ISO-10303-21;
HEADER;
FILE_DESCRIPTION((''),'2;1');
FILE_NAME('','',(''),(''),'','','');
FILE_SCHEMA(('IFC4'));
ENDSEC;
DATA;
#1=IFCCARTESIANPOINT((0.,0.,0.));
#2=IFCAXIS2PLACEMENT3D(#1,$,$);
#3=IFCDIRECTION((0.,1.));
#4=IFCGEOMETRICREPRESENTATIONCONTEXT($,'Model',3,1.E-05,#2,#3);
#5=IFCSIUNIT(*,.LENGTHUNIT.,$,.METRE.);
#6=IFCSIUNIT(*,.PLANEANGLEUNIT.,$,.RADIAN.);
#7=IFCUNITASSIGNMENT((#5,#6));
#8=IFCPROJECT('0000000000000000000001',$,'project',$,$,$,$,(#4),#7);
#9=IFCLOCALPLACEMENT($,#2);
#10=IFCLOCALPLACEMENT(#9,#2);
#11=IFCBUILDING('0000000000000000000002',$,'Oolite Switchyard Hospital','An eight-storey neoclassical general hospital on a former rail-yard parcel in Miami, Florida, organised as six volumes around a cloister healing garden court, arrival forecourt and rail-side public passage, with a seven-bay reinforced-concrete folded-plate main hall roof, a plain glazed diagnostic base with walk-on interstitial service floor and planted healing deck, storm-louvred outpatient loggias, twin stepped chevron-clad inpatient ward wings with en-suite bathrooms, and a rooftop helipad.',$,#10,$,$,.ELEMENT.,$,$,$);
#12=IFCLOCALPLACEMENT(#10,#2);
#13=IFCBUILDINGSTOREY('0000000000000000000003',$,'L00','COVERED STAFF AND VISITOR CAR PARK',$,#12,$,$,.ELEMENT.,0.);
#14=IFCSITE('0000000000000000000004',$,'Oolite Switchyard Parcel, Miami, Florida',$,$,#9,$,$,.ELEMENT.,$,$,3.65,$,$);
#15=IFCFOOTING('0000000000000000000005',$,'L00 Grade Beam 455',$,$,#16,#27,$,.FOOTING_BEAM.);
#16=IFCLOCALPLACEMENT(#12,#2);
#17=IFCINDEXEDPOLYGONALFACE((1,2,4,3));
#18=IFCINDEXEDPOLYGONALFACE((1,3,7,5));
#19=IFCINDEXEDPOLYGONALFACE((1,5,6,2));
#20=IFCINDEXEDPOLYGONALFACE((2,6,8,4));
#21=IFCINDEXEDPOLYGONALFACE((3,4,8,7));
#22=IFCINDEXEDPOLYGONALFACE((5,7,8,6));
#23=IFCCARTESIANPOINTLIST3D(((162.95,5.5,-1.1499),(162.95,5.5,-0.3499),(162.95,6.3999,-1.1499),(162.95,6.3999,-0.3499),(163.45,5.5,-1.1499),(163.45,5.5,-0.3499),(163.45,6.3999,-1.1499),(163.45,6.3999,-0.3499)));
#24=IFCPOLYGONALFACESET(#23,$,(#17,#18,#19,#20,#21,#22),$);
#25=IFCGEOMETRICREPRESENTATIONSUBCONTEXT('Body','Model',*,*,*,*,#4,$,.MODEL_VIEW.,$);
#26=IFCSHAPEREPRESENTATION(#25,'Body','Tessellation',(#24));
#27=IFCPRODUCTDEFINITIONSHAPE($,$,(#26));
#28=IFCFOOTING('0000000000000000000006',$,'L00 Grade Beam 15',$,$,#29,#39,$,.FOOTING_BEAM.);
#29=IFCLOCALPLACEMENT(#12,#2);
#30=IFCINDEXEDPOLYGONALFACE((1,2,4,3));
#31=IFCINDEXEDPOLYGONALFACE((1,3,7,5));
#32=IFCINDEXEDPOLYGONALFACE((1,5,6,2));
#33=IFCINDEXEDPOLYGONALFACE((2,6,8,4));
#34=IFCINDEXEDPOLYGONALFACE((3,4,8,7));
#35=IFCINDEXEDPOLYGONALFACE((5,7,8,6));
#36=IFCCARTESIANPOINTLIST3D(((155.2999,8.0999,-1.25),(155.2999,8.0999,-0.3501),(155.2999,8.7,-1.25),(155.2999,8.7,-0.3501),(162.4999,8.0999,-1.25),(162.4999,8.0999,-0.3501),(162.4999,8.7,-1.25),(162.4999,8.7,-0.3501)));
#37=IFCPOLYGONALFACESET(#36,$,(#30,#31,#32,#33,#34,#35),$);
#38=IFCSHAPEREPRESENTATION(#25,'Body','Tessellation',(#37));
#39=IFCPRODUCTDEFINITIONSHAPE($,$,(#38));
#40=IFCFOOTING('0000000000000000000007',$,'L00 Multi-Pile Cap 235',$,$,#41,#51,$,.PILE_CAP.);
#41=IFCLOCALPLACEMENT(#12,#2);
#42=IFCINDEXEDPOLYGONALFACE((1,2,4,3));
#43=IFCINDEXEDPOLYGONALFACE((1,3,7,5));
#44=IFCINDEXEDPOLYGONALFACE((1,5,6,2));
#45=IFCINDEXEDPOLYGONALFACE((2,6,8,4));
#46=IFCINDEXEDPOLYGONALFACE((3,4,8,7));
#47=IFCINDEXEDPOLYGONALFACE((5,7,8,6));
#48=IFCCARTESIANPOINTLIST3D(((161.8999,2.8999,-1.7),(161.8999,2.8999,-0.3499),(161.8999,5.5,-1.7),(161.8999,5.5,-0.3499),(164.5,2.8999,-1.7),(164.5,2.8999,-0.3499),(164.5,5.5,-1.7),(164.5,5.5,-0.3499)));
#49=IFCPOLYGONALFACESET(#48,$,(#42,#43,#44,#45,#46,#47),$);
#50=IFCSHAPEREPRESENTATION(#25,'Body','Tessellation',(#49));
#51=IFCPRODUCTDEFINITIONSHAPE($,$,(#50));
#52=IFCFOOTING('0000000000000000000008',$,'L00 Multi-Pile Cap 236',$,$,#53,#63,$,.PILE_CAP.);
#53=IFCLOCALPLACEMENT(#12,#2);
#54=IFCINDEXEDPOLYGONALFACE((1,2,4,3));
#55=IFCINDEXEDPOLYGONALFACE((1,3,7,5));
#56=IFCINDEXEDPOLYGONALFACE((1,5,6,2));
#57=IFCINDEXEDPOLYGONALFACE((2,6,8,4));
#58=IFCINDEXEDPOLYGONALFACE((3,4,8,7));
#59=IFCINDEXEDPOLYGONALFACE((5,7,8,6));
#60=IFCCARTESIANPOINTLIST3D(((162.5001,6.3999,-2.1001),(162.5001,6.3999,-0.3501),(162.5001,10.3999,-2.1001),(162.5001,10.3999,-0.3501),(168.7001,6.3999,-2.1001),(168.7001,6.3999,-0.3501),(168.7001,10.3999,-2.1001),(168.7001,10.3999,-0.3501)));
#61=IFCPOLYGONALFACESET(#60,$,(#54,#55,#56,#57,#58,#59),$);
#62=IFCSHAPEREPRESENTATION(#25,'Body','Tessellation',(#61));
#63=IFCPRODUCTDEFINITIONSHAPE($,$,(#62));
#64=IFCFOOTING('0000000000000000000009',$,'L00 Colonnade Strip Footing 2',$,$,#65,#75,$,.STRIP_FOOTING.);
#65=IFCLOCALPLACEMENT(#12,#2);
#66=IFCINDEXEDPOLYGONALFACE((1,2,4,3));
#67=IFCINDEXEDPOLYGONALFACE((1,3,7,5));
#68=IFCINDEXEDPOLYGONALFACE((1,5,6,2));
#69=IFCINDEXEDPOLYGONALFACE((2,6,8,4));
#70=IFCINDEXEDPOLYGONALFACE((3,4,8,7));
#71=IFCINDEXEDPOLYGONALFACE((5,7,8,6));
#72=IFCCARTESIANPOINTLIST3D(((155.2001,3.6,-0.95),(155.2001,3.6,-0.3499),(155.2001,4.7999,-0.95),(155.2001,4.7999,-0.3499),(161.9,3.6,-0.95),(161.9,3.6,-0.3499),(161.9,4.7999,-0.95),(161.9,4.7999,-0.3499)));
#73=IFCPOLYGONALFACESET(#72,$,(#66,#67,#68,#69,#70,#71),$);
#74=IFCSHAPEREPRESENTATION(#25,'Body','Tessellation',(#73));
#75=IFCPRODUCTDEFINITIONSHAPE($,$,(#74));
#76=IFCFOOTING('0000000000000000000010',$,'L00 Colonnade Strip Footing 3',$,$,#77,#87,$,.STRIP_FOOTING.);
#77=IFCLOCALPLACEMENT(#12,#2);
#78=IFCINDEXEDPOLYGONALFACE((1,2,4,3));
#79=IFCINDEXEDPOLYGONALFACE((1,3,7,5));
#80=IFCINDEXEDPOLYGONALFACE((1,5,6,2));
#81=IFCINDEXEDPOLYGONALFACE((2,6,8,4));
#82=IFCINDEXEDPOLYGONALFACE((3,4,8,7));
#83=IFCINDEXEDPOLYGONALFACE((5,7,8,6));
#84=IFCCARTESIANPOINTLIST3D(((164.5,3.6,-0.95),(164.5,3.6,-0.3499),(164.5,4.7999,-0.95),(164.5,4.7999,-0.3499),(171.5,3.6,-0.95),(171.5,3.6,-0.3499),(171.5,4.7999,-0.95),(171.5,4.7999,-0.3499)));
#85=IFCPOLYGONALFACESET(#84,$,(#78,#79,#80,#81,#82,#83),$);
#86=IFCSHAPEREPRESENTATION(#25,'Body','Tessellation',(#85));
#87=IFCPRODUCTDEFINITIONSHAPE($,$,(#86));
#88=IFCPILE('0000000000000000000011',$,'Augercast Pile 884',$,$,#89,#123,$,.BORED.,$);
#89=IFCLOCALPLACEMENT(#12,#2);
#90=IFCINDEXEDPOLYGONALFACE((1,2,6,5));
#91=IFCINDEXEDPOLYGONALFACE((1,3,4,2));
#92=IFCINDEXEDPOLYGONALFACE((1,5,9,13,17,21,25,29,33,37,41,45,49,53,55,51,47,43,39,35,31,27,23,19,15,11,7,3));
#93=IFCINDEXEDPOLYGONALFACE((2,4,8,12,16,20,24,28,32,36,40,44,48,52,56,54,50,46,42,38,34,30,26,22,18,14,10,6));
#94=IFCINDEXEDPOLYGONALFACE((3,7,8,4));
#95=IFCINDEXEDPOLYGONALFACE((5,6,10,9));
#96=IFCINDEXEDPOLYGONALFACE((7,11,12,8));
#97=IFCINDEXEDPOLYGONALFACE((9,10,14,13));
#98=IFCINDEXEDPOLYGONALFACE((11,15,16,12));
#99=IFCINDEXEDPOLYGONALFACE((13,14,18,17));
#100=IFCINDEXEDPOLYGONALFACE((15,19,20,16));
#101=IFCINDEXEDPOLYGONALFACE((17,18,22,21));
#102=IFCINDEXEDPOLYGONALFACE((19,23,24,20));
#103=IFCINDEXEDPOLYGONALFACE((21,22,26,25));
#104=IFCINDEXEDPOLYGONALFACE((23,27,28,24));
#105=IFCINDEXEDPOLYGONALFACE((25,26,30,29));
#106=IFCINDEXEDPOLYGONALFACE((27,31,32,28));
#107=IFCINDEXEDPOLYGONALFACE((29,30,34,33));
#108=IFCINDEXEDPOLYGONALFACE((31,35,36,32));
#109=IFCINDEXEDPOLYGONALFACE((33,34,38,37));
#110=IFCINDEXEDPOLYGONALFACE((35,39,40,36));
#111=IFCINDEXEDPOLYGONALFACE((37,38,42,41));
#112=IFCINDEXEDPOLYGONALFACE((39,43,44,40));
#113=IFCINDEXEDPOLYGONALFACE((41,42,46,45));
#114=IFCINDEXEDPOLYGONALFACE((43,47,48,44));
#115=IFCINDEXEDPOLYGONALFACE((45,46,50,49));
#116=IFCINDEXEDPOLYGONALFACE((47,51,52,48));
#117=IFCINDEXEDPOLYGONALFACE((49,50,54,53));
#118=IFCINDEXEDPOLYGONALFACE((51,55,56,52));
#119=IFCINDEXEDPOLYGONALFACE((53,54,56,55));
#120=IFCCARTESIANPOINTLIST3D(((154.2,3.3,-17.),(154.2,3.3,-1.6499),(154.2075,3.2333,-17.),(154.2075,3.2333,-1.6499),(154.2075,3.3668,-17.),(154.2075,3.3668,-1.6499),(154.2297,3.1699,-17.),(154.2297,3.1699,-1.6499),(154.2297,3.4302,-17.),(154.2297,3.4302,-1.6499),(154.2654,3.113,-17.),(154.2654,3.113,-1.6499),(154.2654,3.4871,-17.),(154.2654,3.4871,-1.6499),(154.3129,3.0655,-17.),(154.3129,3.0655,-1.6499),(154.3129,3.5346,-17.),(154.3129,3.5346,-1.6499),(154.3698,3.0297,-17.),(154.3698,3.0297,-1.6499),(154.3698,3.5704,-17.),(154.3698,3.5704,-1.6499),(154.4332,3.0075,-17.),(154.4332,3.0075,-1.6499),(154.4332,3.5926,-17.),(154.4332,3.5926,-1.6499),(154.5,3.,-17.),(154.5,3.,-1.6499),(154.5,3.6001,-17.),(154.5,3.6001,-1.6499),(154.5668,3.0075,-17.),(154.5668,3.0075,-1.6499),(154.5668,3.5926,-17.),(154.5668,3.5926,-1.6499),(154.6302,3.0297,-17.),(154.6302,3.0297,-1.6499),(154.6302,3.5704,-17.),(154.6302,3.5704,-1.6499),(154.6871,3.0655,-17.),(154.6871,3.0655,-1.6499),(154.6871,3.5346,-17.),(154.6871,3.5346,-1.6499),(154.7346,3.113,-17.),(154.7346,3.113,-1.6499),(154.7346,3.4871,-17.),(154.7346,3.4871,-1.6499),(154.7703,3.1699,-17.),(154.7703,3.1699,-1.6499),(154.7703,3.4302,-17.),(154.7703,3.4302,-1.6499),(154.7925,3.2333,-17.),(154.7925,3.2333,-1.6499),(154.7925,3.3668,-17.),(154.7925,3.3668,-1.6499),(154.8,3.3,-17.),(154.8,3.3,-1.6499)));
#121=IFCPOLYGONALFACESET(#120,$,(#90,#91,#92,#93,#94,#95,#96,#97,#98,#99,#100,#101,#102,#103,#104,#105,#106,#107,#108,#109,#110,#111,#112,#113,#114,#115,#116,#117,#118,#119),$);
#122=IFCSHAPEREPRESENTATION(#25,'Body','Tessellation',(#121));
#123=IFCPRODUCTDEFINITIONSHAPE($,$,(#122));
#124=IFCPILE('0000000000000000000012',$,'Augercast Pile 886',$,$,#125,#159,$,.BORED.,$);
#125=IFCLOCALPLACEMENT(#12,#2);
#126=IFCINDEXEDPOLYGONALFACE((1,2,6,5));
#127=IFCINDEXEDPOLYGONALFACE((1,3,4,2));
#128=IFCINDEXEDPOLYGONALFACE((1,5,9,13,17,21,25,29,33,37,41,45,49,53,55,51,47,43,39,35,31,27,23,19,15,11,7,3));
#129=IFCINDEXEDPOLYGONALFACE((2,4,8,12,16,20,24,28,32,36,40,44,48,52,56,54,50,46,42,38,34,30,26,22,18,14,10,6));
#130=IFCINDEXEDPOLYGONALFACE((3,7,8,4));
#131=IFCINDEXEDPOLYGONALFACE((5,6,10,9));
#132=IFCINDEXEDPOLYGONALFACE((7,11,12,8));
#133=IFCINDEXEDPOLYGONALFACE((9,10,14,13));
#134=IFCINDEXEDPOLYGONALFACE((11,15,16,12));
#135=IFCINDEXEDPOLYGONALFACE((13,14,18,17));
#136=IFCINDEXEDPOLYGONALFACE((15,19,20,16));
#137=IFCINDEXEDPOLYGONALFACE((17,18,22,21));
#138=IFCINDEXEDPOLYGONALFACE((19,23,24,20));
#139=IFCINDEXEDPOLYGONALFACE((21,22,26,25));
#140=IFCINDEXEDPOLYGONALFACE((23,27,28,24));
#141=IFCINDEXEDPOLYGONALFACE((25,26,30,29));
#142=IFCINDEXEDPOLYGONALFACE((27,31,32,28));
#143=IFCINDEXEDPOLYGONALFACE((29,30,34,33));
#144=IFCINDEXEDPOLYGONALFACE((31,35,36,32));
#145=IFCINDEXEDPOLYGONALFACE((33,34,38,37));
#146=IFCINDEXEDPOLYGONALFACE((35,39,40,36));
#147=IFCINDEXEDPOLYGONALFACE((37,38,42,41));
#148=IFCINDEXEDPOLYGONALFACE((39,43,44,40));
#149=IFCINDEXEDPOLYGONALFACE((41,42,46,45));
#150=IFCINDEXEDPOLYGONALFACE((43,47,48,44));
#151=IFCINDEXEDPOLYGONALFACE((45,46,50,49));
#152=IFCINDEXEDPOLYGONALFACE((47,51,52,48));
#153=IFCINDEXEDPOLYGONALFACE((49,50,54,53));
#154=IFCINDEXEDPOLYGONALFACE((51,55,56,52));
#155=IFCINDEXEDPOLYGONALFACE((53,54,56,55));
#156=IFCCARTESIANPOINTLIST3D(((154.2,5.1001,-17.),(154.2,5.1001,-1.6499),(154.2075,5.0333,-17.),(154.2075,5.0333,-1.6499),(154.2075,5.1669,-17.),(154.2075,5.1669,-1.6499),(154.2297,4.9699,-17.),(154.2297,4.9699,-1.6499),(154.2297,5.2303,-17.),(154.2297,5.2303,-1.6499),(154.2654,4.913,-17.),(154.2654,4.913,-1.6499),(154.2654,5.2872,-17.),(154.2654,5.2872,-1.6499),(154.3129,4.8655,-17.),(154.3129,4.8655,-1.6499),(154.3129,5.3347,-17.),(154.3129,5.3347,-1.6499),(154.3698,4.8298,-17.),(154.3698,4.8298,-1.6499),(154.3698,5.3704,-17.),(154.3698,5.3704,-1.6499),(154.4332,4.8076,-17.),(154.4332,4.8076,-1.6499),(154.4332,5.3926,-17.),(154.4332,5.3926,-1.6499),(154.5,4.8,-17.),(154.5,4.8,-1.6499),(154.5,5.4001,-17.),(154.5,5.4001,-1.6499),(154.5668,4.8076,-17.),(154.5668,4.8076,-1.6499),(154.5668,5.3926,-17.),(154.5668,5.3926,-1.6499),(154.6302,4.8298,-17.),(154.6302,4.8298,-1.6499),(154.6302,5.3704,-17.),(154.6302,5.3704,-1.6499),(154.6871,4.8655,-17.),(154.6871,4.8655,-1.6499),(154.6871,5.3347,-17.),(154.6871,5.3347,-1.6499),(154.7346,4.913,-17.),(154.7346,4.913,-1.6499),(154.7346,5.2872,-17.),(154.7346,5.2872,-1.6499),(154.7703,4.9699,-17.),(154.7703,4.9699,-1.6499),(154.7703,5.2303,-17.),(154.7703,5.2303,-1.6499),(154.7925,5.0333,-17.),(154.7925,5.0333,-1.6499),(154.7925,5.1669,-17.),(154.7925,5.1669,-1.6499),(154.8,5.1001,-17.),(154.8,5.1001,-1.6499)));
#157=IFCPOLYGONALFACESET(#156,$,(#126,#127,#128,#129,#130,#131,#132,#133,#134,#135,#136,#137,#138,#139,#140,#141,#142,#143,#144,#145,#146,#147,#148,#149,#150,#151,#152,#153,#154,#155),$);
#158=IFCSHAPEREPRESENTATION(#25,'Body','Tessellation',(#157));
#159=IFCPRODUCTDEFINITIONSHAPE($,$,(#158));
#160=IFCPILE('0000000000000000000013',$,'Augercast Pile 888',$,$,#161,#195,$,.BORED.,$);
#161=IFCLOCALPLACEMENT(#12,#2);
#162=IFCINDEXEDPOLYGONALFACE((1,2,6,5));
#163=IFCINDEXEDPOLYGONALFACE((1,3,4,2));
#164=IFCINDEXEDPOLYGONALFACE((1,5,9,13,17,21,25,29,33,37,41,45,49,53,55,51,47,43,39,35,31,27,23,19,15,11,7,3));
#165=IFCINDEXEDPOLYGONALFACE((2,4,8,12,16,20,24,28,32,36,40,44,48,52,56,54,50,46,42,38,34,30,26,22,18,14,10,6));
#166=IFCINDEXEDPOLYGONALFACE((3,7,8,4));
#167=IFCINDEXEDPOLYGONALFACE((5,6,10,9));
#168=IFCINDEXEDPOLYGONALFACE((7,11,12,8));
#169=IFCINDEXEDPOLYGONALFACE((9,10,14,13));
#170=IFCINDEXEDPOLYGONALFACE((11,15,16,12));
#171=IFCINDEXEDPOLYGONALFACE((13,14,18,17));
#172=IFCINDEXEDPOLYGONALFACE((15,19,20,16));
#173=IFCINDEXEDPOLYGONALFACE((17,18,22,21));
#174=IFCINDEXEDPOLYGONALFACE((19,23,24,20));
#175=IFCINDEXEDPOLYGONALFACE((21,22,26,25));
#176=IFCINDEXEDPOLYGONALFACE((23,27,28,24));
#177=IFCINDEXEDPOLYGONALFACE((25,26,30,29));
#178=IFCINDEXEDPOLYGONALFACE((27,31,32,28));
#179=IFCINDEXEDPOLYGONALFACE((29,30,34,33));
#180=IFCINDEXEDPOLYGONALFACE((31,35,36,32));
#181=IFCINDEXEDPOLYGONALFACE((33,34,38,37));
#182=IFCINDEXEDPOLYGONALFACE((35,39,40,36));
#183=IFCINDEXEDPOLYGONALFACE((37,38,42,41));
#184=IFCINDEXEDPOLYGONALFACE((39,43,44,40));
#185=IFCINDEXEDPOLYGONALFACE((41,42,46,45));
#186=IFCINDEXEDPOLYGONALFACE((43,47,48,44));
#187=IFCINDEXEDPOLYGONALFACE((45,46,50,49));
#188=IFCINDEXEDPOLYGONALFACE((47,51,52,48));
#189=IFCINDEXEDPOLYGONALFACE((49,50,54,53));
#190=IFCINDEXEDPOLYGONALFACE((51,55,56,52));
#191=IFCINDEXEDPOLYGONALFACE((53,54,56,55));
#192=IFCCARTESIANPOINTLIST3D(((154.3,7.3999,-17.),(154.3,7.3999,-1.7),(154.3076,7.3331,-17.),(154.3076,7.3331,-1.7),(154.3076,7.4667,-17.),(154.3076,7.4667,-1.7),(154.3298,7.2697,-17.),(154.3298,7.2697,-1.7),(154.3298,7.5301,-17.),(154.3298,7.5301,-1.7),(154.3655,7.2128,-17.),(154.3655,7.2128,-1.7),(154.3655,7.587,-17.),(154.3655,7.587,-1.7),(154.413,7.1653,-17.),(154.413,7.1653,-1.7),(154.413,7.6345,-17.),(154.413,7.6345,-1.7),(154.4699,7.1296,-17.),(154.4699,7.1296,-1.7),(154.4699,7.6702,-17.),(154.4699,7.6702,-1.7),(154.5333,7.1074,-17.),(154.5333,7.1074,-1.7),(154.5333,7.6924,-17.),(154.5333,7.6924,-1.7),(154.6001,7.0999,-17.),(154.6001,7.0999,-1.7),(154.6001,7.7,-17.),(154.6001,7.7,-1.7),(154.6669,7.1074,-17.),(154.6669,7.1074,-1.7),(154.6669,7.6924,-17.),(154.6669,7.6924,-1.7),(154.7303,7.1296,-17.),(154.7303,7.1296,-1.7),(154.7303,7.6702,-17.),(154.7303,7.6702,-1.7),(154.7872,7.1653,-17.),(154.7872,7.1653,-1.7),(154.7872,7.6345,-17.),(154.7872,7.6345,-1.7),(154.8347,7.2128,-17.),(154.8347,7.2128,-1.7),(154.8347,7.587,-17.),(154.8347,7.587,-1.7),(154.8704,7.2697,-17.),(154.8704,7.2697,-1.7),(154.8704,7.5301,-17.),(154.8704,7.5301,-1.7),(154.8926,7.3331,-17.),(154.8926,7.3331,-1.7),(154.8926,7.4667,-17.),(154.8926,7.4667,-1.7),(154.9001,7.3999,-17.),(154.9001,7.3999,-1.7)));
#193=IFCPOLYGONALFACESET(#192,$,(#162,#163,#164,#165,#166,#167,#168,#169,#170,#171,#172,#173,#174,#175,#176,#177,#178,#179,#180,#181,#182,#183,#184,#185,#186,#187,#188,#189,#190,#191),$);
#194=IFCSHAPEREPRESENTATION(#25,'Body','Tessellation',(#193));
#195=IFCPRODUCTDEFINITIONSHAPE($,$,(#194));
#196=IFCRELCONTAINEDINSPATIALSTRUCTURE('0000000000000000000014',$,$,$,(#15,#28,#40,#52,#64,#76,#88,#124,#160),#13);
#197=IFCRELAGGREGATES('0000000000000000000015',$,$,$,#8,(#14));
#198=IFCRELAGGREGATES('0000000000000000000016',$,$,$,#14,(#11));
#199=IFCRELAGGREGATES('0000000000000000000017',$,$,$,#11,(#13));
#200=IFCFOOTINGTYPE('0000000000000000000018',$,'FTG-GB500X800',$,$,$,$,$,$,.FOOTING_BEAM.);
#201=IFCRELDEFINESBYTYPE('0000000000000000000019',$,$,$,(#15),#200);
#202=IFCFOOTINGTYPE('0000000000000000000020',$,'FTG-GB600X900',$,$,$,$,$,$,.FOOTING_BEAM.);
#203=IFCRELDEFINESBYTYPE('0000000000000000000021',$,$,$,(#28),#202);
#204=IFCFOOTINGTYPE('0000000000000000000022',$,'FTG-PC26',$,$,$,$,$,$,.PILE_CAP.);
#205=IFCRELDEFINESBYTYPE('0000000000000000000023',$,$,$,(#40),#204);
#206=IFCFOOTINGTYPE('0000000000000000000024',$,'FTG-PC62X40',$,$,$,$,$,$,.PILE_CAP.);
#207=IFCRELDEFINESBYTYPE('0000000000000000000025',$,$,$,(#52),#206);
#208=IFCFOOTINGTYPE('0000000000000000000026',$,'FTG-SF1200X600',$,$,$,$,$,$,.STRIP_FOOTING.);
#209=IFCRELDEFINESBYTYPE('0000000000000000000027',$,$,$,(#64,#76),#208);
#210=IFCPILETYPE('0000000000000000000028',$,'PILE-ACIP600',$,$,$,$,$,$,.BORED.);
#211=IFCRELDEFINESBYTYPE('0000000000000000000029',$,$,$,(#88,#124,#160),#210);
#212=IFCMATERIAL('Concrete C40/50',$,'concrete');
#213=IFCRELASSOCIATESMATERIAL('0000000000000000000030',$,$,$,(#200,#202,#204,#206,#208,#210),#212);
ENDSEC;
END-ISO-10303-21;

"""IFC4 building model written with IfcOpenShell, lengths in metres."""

from ifc_helpers import new_model, si_unit, direction, frame, origin, origin_2d, place, context, subcontext, project, spatial, rectangle, circle, extrude, material, material_profile, profile_set, type_object, element, save


model = new_model("IFC4")

# Units and contexts
model_context = context("Model", 3, precision=1e-05, world=origin(), true_north=direction((0.0, 1.0)))
body_context = subcontext(model_context, "Body", "Model", "MODEL_VIEW")
ifc_project = project(units=[si_unit("LENGTHUNIT", "METRE"), si_unit("PLANEANGLEUNIT", "RADIAN")], contexts=[model_context])

# Site, building, storey
site_placement = place(None, origin())
site = spatial("IfcSite", under=ifc_project, at=site_placement, Name="Oolite Switchyard Parcel, Miami, Florida", CompositionType="ELEMENT", RefElevation=3.65)
building_placement = place(site_placement, origin())
building = spatial("IfcBuilding", under=site, at=building_placement, Name="Oolite Switchyard Hospital", Description="An eight-storey neoclassical general hospital on a former rail-yard parcel in Miami, Florida, organised as six volumes around a cloister healing garden court, arrival forecourt and rail-side public passage, with a seven-bay reinforced-concrete folded-plate main hall roof, a plain glazed diagnostic base with walk-on interstitial service floor and planted healing deck, storm-louvred outpatient loggias, twin stepped chevron-clad inpatient ward wings with en-suite bathrooms, and a rooftop helipad.", CompositionType="ELEMENT")
storey_placement = place(building_placement, origin())
storey = spatial("IfcBuildingStorey", under=building, at=storey_placement, Name="L00", Description="COVERED STAFF AND VISITOR CAR PARK", CompositionType="ELEMENT", Elevation=0.0)

# Footings
ifc_material_1 = material(Name="Concrete C40/50", Category="concrete")
footing_type_1 = type_object("IfcFootingType", Name="FTG-GB500X800", PredefinedType="FOOTING_BEAM", material=ifc_material_1)
footing_1_placement = place(storey_placement, frame((163.2, 5.95, -1.1499), z_axis=(0.0, 0.0, 1.0), x_axis=(0.0, 1.0, 0.0)))
element("IfcFooting", 1, at=footing_1_placement, inside=storey, type_object=footing_type_1, Name="L00 Grade Beam 455", PredefinedType="FOOTING_BEAM", context=body_context, shape_type="SweptSolid", body=[
    extrude(rectangle(XDim=0.8999, YDim=0.5, at=origin_2d()), origin(), (0.0, 0.0, 1.0), 0.8),
])
footing_type_2 = type_object("IfcFootingType", Name="FTG-GB600X900", PredefinedType="FOOTING_BEAM", material=ifc_material_1)
footing_2_placement = place(storey_placement, frame((158.8999, 8.3999, -1.25), z_axis=(0.0, 0.0, 1.0), x_axis=(1.0, 0.0, 0.0)))
element("IfcFooting", 2, at=footing_2_placement, inside=storey, type_object=footing_type_2, Name="L00 Grade Beam 15", PredefinedType="FOOTING_BEAM", context=body_context, shape_type="SweptSolid", body=[
    extrude(rectangle(XDim=7.2, YDim=0.6001, at=origin_2d()), origin(), (0.0, 0.0, 1.0), 0.8999),
])
footing_type_3 = type_object("IfcFootingType", Name="FTG-PC26", PredefinedType="PILE_CAP", material=ifc_material_1)
footing_3_placement = place(storey_placement, frame((163.2, 4.2, -1.7), z_axis=(0.0, 0.0, 1.0), x_axis=(1.0, 0.0, 0.0)))
element("IfcFooting", 3, at=footing_3_placement, inside=storey, type_object=footing_type_3, Name="L00 Multi-Pile Cap 235", PredefinedType="PILE_CAP", context=body_context, shape_type="SweptSolid", body=[
    extrude(rectangle(XDim=2.6001, YDim=2.6001, at=origin_2d()), origin(), (0.0, 0.0, 1.0), 1.3501),
])
footing_type_4 = type_object("IfcFootingType", Name="FTG-PC62X40", PredefinedType="PILE_CAP", material=ifc_material_1)
footing_4_placement = place(storey_placement, frame((165.6001, 8.3999, -2.1001), z_axis=(0.0, 0.0, 1.0), x_axis=(1.0, 0.0, 0.0)))
element("IfcFooting", 4, at=footing_4_placement, inside=storey, type_object=footing_type_4, Name="L00 Multi-Pile Cap 236", PredefinedType="PILE_CAP", context=body_context, shape_type="SweptSolid", body=[
    extrude(rectangle(XDim=6.2, YDim=4.0, at=origin_2d()), origin(), (0.0, 0.0, 1.0), 1.75),
])
footing_type_5 = type_object("IfcFootingType", Name="FTG-SF1200X600", PredefinedType="STRIP_FOOTING", material=ifc_material_1)
footing_5_placement = place(storey_placement, frame((158.55, 4.2, -0.95), z_axis=(0.0, 0.0, 1.0), x_axis=(1.0, 0.0, 0.0)))
element("IfcFooting", 5, at=footing_5_placement, inside=storey, type_object=footing_type_5, Name="L00 Colonnade Strip Footing 2", PredefinedType="STRIP_FOOTING", context=body_context, shape_type="SweptSolid", body=[
    extrude(rectangle(XDim=6.7, YDim=1.2, at=origin_2d()), origin(), (0.0, 0.0, 1.0), 0.6001),
])
footing_6_placement = place(storey_placement, frame((168.0, 4.2, -0.95), z_axis=(0.0, 0.0, 1.0), x_axis=(1.0, 0.0, 0.0)))
element("IfcFooting", 6, at=footing_6_placement, inside=storey, type_object=footing_type_5, Name="L00 Colonnade Strip Footing 3", PredefinedType="STRIP_FOOTING", context=body_context, shape_type="SweptSolid", body=[
    extrude(rectangle(XDim=7.0, YDim=1.2, at=origin_2d()), origin(), (0.0, 0.0, 1.0), 0.6001),
])

# Piles
ifc_material_profile_1 = material_profile(ifc_material_1, circle(Radius=0.3, at=origin_2d()), Name="PILE600")
ifc_profile_set_1 = profile_set([ifc_material_profile_1], Name="Concrete C40/50")
pile_type = type_object("IfcPileType", Name="PILE-ACIP600", PredefinedType="BORED", material=ifc_profile_set_1)
for number, where, z_axis, x_axis, name in (
    (7, (154.5, 3.3, -1.6499), (0.0, 0.0, -1.0), (1.0, 0.0, 0.0), "Augercast Pile 884"),
    (8, (154.5, 5.1001, -1.6499), (0.0, 0.0, -1.0), (1.0, 0.0, 0.0), "Augercast Pile 886"),
):
    element("IfcPile", number, at=place(storey_placement, frame(where, z_axis=z_axis, x_axis=x_axis)), inside=storey, type_object=pile_type, Name=name, PredefinedType="BORED", context=body_context, shape_type="SweptSolid", body=[
        extrude(circle(Radius=0.3, at=origin_2d()), origin(), (0.0, 0.0, 1.0), 15.3501),
    ])
pile_placement = place(storey_placement, frame((154.6001, 7.3999, -1.7), z_axis=(0.0, 0.0, -1.0), x_axis=(1.0, 0.0, 0.0)))
element("IfcPile", 9, at=pile_placement, inside=storey, type_object=pile_type, Name="Augercast Pile 888", PredefinedType="BORED", context=body_context, shape_type="SweptSolid", body=[
    extrude(circle(Radius=0.3, at=origin_2d()), origin(), (0.0, 0.0, 1.0), 15.3),
])

save(model, "model.ifc")
